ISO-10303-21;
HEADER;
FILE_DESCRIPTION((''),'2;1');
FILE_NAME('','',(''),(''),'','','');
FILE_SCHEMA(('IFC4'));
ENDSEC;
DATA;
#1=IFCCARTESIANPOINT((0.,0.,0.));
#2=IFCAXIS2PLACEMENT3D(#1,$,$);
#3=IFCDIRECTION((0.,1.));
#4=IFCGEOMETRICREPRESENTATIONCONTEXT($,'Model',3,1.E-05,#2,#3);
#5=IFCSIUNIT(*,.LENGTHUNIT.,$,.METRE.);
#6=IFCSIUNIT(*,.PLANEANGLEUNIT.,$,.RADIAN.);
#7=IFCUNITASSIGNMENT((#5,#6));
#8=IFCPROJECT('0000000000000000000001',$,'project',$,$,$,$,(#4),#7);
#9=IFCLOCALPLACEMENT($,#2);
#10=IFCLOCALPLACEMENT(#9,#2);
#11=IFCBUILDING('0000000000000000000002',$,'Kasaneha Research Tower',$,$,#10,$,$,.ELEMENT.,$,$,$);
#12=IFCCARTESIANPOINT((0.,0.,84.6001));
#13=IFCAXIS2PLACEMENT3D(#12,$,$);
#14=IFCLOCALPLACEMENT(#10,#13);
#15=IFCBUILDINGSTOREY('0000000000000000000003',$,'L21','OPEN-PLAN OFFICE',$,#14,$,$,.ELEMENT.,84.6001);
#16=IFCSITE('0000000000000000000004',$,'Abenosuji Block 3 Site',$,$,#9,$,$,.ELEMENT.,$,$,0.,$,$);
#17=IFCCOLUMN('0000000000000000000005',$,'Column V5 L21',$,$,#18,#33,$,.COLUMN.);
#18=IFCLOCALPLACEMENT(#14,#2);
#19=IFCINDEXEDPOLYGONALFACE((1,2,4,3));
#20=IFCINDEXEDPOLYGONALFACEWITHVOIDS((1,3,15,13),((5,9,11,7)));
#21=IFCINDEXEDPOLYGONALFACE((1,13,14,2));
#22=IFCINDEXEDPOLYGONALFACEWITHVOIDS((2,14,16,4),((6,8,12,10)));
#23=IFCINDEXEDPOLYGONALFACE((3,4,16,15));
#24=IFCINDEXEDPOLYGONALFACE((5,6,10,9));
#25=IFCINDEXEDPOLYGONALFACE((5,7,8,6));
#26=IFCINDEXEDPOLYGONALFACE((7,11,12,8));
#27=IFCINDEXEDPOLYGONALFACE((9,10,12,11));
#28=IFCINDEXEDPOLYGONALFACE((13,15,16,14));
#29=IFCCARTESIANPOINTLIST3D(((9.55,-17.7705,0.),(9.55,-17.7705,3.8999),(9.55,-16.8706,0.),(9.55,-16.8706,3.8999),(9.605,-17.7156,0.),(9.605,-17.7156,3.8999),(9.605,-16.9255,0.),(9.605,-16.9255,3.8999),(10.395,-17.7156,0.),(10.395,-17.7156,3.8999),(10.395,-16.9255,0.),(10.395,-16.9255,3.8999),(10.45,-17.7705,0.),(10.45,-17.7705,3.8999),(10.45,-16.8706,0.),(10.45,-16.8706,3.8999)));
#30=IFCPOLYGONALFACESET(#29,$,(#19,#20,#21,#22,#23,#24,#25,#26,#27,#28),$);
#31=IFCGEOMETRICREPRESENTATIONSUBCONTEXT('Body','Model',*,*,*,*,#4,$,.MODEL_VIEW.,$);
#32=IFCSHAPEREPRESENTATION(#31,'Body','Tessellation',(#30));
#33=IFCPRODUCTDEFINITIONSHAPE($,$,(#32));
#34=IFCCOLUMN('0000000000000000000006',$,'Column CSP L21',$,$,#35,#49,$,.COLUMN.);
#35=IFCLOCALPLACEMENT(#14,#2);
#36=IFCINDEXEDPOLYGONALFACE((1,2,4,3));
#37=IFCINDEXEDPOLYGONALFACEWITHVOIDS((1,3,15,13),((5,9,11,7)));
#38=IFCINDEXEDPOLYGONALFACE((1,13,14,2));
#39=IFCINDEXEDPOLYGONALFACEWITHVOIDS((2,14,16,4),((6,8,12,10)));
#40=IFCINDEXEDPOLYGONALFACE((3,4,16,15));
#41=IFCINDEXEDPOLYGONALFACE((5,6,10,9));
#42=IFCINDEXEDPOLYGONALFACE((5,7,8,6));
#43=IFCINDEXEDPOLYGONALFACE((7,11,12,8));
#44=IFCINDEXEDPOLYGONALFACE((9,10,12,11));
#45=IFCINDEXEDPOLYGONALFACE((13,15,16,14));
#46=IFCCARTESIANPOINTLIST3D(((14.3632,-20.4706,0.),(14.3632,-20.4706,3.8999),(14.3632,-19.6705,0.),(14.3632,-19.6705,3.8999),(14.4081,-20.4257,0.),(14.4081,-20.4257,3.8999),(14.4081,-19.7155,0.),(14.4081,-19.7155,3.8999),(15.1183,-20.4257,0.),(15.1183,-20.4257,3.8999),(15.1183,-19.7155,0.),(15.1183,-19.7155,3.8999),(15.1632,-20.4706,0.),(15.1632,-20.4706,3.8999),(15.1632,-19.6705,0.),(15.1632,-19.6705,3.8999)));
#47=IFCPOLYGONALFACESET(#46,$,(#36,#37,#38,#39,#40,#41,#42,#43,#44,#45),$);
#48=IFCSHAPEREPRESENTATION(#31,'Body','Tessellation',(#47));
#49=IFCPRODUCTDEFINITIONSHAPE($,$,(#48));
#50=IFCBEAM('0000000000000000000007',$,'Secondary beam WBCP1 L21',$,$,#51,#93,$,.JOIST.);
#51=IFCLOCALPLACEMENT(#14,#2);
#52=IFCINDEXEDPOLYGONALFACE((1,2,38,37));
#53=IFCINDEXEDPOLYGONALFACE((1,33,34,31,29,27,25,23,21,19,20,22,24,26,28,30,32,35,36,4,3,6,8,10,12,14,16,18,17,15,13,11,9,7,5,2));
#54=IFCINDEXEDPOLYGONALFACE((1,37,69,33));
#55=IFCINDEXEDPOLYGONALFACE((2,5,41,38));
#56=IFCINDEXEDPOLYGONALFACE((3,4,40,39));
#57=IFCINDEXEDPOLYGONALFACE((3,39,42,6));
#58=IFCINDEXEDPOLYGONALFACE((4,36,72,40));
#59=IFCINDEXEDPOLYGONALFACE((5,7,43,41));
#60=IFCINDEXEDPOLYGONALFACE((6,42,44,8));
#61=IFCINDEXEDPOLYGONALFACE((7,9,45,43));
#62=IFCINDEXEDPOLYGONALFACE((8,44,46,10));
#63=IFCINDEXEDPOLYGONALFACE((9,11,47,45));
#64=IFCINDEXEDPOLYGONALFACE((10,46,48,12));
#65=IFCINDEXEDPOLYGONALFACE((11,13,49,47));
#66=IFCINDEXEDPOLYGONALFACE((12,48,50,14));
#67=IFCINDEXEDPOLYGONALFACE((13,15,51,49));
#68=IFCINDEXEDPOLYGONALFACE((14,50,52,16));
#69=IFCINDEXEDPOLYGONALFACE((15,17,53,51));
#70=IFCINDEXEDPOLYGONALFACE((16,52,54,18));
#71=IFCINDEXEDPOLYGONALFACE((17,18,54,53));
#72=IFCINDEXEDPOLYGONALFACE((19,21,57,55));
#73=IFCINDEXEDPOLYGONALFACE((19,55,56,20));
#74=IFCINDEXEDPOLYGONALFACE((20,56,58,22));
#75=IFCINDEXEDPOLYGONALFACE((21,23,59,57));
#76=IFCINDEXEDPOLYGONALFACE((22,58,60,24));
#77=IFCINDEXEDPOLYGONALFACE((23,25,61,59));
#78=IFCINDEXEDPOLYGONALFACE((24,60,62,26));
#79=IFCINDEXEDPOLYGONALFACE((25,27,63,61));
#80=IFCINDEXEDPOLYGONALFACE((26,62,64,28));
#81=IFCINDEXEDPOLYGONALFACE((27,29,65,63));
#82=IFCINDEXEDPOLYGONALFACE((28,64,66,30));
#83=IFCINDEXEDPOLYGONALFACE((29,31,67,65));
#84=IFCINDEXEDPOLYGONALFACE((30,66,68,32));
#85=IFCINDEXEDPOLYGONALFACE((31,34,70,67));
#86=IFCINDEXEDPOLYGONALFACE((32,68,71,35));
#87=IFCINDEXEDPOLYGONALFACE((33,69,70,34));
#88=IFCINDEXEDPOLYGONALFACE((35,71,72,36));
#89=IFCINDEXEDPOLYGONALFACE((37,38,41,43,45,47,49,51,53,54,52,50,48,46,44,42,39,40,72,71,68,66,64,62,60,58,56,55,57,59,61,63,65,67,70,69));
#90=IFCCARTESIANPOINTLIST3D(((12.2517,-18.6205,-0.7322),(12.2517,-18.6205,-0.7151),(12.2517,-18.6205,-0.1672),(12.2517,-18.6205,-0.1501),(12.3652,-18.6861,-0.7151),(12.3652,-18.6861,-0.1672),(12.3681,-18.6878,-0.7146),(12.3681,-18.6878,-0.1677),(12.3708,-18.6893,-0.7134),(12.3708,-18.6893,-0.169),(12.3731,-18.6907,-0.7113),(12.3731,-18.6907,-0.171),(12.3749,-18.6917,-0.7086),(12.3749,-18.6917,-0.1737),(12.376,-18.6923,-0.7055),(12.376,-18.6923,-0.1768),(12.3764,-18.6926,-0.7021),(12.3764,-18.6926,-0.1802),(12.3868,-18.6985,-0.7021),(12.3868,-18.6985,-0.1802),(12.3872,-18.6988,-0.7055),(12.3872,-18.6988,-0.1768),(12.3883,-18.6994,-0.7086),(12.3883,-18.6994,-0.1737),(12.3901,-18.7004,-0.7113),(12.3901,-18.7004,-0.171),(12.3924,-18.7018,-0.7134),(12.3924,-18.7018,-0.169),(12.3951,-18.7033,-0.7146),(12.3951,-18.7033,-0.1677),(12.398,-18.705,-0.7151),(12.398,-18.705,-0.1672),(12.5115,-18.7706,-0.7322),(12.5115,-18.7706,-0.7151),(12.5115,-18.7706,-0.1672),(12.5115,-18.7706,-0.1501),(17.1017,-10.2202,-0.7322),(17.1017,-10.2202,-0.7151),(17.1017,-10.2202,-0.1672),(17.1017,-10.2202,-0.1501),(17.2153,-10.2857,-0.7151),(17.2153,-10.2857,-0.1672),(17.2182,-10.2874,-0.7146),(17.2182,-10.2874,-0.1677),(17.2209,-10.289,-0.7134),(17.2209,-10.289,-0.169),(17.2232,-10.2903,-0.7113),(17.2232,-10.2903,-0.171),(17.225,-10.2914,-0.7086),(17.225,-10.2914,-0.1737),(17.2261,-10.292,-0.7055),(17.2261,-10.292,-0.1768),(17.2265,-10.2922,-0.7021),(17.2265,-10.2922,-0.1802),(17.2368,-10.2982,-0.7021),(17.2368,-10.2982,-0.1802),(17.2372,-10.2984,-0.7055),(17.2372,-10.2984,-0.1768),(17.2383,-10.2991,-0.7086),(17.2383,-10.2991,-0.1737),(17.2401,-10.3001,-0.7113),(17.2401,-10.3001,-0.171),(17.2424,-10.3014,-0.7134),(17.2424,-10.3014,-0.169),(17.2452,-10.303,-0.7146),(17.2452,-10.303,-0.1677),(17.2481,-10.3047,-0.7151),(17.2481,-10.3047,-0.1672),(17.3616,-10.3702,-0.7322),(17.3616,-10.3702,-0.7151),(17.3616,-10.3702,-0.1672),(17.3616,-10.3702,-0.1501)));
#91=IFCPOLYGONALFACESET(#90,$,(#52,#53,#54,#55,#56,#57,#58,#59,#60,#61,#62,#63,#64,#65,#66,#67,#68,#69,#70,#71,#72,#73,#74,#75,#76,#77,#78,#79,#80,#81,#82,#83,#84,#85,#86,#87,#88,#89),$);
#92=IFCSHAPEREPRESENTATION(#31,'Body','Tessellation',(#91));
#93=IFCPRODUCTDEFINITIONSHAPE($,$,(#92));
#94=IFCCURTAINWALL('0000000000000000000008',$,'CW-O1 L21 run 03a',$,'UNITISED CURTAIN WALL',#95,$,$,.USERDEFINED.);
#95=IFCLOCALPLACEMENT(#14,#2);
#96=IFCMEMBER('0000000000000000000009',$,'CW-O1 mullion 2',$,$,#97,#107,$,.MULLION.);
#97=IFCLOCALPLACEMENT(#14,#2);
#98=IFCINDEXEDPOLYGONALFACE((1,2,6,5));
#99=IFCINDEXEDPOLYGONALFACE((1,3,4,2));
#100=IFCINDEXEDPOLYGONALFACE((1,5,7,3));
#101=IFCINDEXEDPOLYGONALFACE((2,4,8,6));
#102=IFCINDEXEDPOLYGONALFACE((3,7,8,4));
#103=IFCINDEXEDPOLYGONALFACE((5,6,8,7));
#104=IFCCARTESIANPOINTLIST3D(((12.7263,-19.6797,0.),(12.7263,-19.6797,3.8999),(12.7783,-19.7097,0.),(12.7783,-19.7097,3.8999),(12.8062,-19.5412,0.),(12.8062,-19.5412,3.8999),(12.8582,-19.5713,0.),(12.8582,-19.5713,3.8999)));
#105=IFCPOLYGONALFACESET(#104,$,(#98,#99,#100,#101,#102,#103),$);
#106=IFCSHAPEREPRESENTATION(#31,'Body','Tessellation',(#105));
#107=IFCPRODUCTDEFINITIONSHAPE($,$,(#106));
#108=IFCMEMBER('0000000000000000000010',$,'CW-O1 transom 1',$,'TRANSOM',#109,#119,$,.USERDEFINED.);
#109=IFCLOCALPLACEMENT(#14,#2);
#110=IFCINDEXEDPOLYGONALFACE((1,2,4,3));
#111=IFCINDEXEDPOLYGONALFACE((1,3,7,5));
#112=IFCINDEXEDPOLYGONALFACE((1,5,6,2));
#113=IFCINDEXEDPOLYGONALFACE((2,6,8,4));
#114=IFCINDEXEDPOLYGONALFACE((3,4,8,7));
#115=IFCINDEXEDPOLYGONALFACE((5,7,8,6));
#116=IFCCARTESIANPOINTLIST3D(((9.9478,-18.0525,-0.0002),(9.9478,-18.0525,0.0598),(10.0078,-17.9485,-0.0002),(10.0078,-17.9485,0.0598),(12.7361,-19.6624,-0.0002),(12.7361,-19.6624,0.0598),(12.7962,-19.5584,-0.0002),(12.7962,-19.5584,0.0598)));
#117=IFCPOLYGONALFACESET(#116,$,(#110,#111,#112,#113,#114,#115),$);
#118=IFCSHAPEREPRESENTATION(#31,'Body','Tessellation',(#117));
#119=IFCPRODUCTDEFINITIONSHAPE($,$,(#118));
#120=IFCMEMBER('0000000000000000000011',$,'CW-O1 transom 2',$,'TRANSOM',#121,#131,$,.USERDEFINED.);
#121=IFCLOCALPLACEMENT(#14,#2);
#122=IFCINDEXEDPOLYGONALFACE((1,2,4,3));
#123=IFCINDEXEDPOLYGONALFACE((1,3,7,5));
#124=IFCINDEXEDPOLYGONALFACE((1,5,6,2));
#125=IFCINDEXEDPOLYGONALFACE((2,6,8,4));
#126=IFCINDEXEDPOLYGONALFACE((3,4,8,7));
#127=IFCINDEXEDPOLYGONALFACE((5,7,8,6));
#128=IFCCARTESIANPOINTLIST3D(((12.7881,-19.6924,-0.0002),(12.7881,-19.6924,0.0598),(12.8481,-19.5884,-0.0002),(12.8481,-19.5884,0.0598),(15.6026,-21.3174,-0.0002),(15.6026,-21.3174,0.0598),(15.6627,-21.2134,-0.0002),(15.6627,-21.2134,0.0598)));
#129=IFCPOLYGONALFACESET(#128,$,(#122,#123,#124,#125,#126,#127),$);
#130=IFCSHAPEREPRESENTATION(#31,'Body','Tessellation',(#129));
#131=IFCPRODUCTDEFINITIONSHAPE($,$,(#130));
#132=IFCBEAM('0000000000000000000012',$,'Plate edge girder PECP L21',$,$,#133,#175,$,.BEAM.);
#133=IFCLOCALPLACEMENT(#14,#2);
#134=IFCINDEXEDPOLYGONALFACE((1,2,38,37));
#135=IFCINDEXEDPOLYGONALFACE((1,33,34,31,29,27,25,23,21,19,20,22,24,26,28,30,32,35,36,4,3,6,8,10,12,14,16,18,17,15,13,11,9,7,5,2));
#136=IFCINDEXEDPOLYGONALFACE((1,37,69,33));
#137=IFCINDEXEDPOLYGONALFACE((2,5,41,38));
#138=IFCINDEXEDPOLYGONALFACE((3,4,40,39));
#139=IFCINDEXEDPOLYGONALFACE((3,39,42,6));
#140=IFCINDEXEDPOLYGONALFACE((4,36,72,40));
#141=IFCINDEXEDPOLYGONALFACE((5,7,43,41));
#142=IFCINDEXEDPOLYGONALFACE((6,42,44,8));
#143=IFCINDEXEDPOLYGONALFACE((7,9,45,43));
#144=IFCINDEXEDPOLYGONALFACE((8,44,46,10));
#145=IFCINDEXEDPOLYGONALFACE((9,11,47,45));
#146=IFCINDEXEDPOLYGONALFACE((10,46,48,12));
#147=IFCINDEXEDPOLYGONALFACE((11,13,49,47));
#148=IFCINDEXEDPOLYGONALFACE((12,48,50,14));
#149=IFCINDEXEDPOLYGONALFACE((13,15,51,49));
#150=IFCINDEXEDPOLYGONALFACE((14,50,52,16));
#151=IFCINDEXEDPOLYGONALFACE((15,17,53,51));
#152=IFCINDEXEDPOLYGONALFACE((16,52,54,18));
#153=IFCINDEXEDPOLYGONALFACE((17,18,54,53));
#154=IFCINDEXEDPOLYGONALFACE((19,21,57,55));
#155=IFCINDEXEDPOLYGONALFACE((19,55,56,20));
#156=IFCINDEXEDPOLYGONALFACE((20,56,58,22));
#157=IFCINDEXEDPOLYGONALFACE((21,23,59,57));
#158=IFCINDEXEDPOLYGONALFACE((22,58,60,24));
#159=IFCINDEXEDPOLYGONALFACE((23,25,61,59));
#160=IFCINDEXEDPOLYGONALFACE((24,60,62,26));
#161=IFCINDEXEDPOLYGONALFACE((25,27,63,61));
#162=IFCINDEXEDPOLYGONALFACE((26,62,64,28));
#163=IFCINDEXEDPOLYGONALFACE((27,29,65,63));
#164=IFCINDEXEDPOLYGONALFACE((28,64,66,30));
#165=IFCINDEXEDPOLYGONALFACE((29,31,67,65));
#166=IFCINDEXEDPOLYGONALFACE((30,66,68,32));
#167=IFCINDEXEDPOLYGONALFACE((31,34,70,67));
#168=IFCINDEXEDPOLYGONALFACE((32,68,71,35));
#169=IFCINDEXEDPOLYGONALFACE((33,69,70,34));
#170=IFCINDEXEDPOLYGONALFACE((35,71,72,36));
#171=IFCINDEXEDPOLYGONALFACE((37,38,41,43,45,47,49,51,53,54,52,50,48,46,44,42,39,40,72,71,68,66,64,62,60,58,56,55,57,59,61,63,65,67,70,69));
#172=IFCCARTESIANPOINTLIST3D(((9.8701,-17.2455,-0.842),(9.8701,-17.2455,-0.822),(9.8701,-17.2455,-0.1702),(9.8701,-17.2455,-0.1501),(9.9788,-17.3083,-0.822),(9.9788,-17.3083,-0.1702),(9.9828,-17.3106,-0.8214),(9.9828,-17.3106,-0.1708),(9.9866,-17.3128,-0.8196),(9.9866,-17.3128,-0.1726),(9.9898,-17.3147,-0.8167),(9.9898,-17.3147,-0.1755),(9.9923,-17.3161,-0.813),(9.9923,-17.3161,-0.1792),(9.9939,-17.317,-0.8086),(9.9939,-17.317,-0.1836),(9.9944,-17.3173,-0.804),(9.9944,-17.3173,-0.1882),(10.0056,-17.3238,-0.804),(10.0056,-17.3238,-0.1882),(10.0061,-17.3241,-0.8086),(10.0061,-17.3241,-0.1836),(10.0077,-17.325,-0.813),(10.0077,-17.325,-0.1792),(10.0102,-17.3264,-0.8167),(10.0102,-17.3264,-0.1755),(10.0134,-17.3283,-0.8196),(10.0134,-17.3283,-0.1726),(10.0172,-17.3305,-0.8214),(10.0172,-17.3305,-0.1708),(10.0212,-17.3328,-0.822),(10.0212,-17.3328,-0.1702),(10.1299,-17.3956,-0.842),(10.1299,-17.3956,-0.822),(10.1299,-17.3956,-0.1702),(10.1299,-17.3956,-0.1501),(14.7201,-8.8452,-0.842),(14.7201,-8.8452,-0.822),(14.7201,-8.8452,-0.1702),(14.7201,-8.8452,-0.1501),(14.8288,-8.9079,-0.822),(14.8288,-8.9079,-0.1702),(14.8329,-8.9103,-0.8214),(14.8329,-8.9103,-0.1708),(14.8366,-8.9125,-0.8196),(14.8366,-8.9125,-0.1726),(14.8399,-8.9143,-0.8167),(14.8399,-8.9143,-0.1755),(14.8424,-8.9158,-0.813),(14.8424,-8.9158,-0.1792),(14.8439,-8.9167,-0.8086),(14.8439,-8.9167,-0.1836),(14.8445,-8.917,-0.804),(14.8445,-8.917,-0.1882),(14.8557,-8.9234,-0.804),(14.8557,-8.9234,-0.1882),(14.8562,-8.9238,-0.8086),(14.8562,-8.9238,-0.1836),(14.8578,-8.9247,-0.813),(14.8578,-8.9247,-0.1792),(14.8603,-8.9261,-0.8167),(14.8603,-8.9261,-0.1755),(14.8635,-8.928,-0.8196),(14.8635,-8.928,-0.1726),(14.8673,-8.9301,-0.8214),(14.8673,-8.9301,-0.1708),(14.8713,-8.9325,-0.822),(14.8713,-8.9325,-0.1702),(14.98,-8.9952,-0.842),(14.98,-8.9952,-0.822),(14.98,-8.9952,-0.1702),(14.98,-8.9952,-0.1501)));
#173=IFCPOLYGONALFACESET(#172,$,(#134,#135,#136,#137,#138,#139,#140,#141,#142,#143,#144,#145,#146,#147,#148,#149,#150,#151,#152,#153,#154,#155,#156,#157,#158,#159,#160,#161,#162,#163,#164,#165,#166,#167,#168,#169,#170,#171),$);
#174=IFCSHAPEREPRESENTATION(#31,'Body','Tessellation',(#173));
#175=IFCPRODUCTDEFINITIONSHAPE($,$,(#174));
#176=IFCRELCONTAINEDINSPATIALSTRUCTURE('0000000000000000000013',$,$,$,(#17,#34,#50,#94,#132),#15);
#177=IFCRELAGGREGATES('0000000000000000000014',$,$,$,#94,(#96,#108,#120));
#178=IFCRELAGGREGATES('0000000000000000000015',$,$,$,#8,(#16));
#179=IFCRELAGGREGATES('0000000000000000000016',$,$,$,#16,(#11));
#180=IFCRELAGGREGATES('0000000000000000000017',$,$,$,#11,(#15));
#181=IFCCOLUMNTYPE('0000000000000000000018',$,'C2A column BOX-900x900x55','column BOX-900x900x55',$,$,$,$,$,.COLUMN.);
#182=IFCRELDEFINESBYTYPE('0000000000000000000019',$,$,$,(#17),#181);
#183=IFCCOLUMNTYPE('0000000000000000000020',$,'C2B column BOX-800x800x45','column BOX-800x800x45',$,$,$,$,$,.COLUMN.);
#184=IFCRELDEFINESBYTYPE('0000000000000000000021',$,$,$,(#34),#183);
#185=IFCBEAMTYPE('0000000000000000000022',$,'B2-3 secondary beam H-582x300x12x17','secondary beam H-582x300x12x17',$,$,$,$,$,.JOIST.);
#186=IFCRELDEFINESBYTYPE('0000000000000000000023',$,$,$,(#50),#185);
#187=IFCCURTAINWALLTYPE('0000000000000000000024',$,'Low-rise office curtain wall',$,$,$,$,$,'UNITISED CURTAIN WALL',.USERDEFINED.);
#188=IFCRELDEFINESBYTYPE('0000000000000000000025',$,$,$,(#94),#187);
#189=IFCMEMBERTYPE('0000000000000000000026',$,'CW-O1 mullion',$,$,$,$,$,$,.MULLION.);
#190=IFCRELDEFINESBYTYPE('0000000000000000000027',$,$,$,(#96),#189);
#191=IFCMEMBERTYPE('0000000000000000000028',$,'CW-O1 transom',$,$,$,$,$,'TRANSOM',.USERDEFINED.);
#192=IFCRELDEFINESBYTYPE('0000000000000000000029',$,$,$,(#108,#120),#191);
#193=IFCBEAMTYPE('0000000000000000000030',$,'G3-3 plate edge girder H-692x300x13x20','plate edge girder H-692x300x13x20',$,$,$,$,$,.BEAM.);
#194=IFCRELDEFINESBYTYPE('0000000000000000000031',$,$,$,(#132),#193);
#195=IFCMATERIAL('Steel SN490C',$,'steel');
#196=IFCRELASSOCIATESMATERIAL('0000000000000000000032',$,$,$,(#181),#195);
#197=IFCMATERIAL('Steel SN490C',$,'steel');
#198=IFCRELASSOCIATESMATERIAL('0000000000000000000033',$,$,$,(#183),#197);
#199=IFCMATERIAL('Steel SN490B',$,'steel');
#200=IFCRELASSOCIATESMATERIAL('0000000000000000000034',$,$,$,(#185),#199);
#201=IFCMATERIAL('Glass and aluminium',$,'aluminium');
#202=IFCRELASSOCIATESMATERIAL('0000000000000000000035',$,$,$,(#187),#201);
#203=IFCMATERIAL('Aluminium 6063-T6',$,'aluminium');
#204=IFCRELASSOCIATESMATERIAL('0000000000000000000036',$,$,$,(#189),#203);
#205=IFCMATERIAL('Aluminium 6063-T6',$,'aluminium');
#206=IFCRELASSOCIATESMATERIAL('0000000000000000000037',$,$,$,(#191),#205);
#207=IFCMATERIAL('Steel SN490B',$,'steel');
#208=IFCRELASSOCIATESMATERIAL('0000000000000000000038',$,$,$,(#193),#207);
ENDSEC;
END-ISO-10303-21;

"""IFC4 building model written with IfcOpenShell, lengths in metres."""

from ifc_helpers import new_model, si_unit, direction, frame, origin, origin_2d, place, context, subcontext, project, spatial, rectangle, hollow_rectangle, i_section, extrude, material, material_profile, profile_set, type_object, element, aggregate, save


model = new_model("IFC4")

# Units and contexts
model_context = context("Model", 3, precision=1e-05, world=origin(), true_north=direction((0.0, 1.0)))
body_context = subcontext(model_context, "Body", "Model", "MODEL_VIEW")
ifc_project = project(units=[si_unit("LENGTHUNIT", "METRE"), si_unit("PLANEANGLEUNIT", "RADIAN")], contexts=[model_context])

# Site, building, storey
site_placement = place(None, origin())
site = spatial("IfcSite", under=ifc_project, at=site_placement, Name="Abenosuji Block 3 Site", CompositionType="ELEMENT", RefElevation=0.0)
building_placement = place(site_placement, origin())
building = spatial("IfcBuilding", under=site, at=building_placement, Name="Kasaneha Research Tower", CompositionType="ELEMENT")
storey_placement = place(building_placement, frame((0.0, 0.0, 84.6001)))
storey = spatial("IfcBuildingStorey", under=building, at=storey_placement, Name="L21", Description="OPEN-PLAN OFFICE", CompositionType="ELEMENT", Elevation=84.6001)

# Columns
ifc_material_1 = material(Name="Steel SN490C", Category="steel")
ifc_material_profile_1 = material_profile(ifc_material_1, hollow_rectangle(XDim=0.8999, YDim=0.8999, WallThickness=0.0549, at=origin_2d()), Name="BOX-900x900x55")
ifc_profile_set_1 = profile_set([ifc_material_profile_1], Name="Steel SN490C")
column_type_1 = type_object("IfcColumnType", Name="C2A column BOX-900x900x55", Description="column BOX-900x900x55", PredefinedType="COLUMN", material=ifc_profile_set_1)
column_1_placement = place(storey_placement, frame((10.0, -17.3206, 0.0), z_axis=(0.0, 0.0, 1.0), x_axis=(1.0, 0.0, 0.0)))
element("IfcColumn", 1, at=column_1_placement, inside=storey, type_object=column_type_1, Name="Column V5 L21", PredefinedType="COLUMN", context=body_context, shape_type="SweptSolid", body=[
    extrude(hollow_rectangle(XDim=0.8999, YDim=0.8999, WallThickness=0.0549, at=origin_2d()), origin(), (0.0, 0.0, 1.0), 3.8999),
])
ifc_material_2 = material(Name="Steel SN490C", Category="steel")
ifc_material_profile_2 = material_profile(ifc_material_2, hollow_rectangle(XDim=0.8, YDim=0.8, WallThickness=0.0449, at=origin_2d()), Name="BOX-800x800x45")
ifc_profile_set_2 = profile_set([ifc_material_profile_2], Name="Steel SN490C")
column_type_2 = type_object("IfcColumnType", Name="C2B column BOX-800x800x45", Description="column BOX-800x800x45", PredefinedType="COLUMN", material=ifc_profile_set_2)
column_2_placement = place(storey_placement, frame((14.7632, -20.0706, 0.0), z_axis=(0.0, 0.0, 1.0), x_axis=(1.0, 0.0, 0.0)))
element("IfcColumn", 2, at=column_2_placement, inside=storey, type_object=column_type_2, Name="Column CSP L21", PredefinedType="COLUMN", context=body_context, shape_type="SweptSolid", body=[
    extrude(hollow_rectangle(XDim=0.8, YDim=0.8, WallThickness=0.0449, at=origin_2d()), origin(), (0.0, 0.0, 1.0), 3.8999),
])

# Beam
ifc_material_3 = material(Name="Steel SN490B", Category="steel")
ifc_material_profile_3 = material_profile(ifc_material_3, i_section(OverallWidth=0.3, OverallDepth=0.582, WebThickness=0.012, FlangeThickness=0.0171, FilletRadius=0.0129, at=origin_2d()), Name="H-582x300x12x17")
ifc_profile_set_3 = profile_set([ifc_material_profile_3], Name="Steel SN490B")
beam_type_1 = type_object("IfcBeamType", Name="B2-3 secondary beam H-582x300x12x17", Description="secondary beam H-582x300x12x17", PredefinedType="JOIST", material=ifc_profile_set_3)
beam_1_placement = place(storey_placement, frame((12.3816, -18.6956, -0.4412), z_axis=(0.50001, 0.86602, 0.0), x_axis=(-0.86602, 0.50001, 0.0)))
element("IfcBeam", 3, at=beam_1_placement, inside=storey, type_object=beam_type_1, Name="Secondary beam WBCP1 L21", PredefinedType="JOIST", context=body_context, shape_type="SweptSolid", body=[
    extrude(i_section(OverallWidth=0.3, OverallDepth=0.582, WebThickness=0.012, FlangeThickness=0.0171, FilletRadius=0.0129, at=origin_2d()), origin(), (0.0, 0.0, 1.0), 9.7),
])

# Curtain wall, members
ifc_material_4 = material(Name="Glass and aluminium", Category="aluminium")
curtain_wall_type = type_object("IfcCurtainWallType", Name="Low-rise office curtain wall", ElementType="UNITISED CURTAIN WALL", PredefinedType="USERDEFINED", material=ifc_material_4)
curtain_wall_placement = place(storey_placement, origin())
curtain_wall = element("IfcCurtainWall", 4, at=curtain_wall_placement, inside=storey, type_object=curtain_wall_type, Name="CW-O1 L21 run 03a", ObjectType="UNITISED CURTAIN WALL", PredefinedType="USERDEFINED")
ifc_material_5 = material(Name="Aluminium 6063-T6", Category="aluminium")
ifc_material_profile_4 = material_profile(ifc_material_5, rectangle(XDim=0.0601, YDim=0.1599, at=origin_2d()), Name="CW-O1 mullion 60x160")
ifc_profile_set_4 = profile_set([ifc_material_profile_4], Name="Aluminium 6063-T6")
member_type_1 = type_object("IfcMemberType", Name="CW-O1 mullion", PredefinedType="MULLION", material=ifc_profile_set_4)
member_1_placement = place(storey_placement, frame((12.7922, -19.6255, 0.0), z_axis=(0.0, 0.0, 1.0), x_axis=(0.866025, -0.5, 0.0)))
member_1 = element("IfcMember", 5, at=member_1_placement, type_object=member_type_1, Name="CW-O1 mullion 2", PredefinedType="MULLION", context=body_context, shape_type="SweptSolid", body=[
    extrude(rectangle(XDim=0.0601, YDim=0.1599, at=origin_2d()), origin(), (0.0, 0.0, 1.0), 3.8999),
])
ifc_material_6 = material(Name="Aluminium 6063-T6", Category="aluminium")
ifc_material_profile_5 = material_profile(ifc_material_6, rectangle(XDim=0.1201, YDim=0.0601, at=origin_2d()), Name="CW-O1 transom 120x60")
ifc_profile_set_5 = profile_set([ifc_material_profile_5], Name="Aluminium 6063-T6")
member_type_2 = type_object("IfcMemberType", Name="CW-O1 transom", ElementType="TRANSOM", PredefinedType="USERDEFINED", material=ifc_profile_set_5)
member_2_placement = place(storey_placement, frame((9.9778, -18.0005, 0.0298), z_axis=(0.866023, -0.500005, 0.0), x_axis=(0.500005, 0.866023, 0.0)))
member_2 = element("IfcMember", 6, at=member_2_placement, type_object=member_type_2, Name="CW-O1 transom 1", ObjectType="TRANSOM", PredefinedType="USERDEFINED", context=body_context, shape_type="SweptSolid", body=[
    extrude(rectangle(XDim=0.1201, YDim=0.0601, at=origin_2d()), origin(), (0.0, 0.0, 1.0), 3.2197),
])
member_3_placement = place(storey_placement, frame((12.8181, -19.6404, 0.0298), z_axis=(0.866015, -0.500017, 0.0), x_axis=(0.500017, 0.866015, 0.0)))
member_3 = element("IfcMember", 7, at=member_3_placement, type_object=member_type_2, Name="CW-O1 transom 2", ObjectType="TRANSOM", PredefinedType="USERDEFINED", context=body_context, shape_type="SweptSolid", body=[
    extrude(rectangle(XDim=0.1201, YDim=0.0601, at=origin_2d()), origin(), (0.0, 0.0, 1.0), 3.25),
])

# Beam
ifc_material_7 = material(Name="Steel SN490B", Category="steel")
ifc_material_profile_6 = material_profile(ifc_material_7, i_section(OverallWidth=0.3, OverallDepth=0.6919, WebThickness=0.0129, FlangeThickness=0.02, FilletRadius=0.0181, at=origin_2d()), Name="H-692x300x13x20")
ifc_profile_set_6 = profile_set([ifc_material_profile_6], Name="Steel SN490B")
beam_type_2 = type_object("IfcBeamType", Name="G3-3 plate edge girder H-692x300x13x20", Description="plate edge girder H-692x300x13x20", PredefinedType="BEAM", material=ifc_profile_set_6)
beam_2_placement = place(storey_placement, frame((10.0, -17.3206, -0.4961), z_axis=(0.50001, 0.86602, 0.0), x_axis=(-0.86602, 0.50001, 0.0)))
element("IfcBeam", 8, at=beam_2_placement, inside=storey, type_object=beam_type_2, Name="Plate edge girder PECP L21", PredefinedType="BEAM", context=body_context, shape_type="SweptSolid", body=[
    extrude(i_section(OverallWidth=0.3, OverallDepth=0.6919, WebThickness=0.0129, FlangeThickness=0.02, FilletRadius=0.0181, at=origin_2d()), origin(), (0.0, 0.0, 1.0), 9.7),
])

aggregate(curtain_wall, [member_1, member_2, member_3])

save(model, "model.ifc")
